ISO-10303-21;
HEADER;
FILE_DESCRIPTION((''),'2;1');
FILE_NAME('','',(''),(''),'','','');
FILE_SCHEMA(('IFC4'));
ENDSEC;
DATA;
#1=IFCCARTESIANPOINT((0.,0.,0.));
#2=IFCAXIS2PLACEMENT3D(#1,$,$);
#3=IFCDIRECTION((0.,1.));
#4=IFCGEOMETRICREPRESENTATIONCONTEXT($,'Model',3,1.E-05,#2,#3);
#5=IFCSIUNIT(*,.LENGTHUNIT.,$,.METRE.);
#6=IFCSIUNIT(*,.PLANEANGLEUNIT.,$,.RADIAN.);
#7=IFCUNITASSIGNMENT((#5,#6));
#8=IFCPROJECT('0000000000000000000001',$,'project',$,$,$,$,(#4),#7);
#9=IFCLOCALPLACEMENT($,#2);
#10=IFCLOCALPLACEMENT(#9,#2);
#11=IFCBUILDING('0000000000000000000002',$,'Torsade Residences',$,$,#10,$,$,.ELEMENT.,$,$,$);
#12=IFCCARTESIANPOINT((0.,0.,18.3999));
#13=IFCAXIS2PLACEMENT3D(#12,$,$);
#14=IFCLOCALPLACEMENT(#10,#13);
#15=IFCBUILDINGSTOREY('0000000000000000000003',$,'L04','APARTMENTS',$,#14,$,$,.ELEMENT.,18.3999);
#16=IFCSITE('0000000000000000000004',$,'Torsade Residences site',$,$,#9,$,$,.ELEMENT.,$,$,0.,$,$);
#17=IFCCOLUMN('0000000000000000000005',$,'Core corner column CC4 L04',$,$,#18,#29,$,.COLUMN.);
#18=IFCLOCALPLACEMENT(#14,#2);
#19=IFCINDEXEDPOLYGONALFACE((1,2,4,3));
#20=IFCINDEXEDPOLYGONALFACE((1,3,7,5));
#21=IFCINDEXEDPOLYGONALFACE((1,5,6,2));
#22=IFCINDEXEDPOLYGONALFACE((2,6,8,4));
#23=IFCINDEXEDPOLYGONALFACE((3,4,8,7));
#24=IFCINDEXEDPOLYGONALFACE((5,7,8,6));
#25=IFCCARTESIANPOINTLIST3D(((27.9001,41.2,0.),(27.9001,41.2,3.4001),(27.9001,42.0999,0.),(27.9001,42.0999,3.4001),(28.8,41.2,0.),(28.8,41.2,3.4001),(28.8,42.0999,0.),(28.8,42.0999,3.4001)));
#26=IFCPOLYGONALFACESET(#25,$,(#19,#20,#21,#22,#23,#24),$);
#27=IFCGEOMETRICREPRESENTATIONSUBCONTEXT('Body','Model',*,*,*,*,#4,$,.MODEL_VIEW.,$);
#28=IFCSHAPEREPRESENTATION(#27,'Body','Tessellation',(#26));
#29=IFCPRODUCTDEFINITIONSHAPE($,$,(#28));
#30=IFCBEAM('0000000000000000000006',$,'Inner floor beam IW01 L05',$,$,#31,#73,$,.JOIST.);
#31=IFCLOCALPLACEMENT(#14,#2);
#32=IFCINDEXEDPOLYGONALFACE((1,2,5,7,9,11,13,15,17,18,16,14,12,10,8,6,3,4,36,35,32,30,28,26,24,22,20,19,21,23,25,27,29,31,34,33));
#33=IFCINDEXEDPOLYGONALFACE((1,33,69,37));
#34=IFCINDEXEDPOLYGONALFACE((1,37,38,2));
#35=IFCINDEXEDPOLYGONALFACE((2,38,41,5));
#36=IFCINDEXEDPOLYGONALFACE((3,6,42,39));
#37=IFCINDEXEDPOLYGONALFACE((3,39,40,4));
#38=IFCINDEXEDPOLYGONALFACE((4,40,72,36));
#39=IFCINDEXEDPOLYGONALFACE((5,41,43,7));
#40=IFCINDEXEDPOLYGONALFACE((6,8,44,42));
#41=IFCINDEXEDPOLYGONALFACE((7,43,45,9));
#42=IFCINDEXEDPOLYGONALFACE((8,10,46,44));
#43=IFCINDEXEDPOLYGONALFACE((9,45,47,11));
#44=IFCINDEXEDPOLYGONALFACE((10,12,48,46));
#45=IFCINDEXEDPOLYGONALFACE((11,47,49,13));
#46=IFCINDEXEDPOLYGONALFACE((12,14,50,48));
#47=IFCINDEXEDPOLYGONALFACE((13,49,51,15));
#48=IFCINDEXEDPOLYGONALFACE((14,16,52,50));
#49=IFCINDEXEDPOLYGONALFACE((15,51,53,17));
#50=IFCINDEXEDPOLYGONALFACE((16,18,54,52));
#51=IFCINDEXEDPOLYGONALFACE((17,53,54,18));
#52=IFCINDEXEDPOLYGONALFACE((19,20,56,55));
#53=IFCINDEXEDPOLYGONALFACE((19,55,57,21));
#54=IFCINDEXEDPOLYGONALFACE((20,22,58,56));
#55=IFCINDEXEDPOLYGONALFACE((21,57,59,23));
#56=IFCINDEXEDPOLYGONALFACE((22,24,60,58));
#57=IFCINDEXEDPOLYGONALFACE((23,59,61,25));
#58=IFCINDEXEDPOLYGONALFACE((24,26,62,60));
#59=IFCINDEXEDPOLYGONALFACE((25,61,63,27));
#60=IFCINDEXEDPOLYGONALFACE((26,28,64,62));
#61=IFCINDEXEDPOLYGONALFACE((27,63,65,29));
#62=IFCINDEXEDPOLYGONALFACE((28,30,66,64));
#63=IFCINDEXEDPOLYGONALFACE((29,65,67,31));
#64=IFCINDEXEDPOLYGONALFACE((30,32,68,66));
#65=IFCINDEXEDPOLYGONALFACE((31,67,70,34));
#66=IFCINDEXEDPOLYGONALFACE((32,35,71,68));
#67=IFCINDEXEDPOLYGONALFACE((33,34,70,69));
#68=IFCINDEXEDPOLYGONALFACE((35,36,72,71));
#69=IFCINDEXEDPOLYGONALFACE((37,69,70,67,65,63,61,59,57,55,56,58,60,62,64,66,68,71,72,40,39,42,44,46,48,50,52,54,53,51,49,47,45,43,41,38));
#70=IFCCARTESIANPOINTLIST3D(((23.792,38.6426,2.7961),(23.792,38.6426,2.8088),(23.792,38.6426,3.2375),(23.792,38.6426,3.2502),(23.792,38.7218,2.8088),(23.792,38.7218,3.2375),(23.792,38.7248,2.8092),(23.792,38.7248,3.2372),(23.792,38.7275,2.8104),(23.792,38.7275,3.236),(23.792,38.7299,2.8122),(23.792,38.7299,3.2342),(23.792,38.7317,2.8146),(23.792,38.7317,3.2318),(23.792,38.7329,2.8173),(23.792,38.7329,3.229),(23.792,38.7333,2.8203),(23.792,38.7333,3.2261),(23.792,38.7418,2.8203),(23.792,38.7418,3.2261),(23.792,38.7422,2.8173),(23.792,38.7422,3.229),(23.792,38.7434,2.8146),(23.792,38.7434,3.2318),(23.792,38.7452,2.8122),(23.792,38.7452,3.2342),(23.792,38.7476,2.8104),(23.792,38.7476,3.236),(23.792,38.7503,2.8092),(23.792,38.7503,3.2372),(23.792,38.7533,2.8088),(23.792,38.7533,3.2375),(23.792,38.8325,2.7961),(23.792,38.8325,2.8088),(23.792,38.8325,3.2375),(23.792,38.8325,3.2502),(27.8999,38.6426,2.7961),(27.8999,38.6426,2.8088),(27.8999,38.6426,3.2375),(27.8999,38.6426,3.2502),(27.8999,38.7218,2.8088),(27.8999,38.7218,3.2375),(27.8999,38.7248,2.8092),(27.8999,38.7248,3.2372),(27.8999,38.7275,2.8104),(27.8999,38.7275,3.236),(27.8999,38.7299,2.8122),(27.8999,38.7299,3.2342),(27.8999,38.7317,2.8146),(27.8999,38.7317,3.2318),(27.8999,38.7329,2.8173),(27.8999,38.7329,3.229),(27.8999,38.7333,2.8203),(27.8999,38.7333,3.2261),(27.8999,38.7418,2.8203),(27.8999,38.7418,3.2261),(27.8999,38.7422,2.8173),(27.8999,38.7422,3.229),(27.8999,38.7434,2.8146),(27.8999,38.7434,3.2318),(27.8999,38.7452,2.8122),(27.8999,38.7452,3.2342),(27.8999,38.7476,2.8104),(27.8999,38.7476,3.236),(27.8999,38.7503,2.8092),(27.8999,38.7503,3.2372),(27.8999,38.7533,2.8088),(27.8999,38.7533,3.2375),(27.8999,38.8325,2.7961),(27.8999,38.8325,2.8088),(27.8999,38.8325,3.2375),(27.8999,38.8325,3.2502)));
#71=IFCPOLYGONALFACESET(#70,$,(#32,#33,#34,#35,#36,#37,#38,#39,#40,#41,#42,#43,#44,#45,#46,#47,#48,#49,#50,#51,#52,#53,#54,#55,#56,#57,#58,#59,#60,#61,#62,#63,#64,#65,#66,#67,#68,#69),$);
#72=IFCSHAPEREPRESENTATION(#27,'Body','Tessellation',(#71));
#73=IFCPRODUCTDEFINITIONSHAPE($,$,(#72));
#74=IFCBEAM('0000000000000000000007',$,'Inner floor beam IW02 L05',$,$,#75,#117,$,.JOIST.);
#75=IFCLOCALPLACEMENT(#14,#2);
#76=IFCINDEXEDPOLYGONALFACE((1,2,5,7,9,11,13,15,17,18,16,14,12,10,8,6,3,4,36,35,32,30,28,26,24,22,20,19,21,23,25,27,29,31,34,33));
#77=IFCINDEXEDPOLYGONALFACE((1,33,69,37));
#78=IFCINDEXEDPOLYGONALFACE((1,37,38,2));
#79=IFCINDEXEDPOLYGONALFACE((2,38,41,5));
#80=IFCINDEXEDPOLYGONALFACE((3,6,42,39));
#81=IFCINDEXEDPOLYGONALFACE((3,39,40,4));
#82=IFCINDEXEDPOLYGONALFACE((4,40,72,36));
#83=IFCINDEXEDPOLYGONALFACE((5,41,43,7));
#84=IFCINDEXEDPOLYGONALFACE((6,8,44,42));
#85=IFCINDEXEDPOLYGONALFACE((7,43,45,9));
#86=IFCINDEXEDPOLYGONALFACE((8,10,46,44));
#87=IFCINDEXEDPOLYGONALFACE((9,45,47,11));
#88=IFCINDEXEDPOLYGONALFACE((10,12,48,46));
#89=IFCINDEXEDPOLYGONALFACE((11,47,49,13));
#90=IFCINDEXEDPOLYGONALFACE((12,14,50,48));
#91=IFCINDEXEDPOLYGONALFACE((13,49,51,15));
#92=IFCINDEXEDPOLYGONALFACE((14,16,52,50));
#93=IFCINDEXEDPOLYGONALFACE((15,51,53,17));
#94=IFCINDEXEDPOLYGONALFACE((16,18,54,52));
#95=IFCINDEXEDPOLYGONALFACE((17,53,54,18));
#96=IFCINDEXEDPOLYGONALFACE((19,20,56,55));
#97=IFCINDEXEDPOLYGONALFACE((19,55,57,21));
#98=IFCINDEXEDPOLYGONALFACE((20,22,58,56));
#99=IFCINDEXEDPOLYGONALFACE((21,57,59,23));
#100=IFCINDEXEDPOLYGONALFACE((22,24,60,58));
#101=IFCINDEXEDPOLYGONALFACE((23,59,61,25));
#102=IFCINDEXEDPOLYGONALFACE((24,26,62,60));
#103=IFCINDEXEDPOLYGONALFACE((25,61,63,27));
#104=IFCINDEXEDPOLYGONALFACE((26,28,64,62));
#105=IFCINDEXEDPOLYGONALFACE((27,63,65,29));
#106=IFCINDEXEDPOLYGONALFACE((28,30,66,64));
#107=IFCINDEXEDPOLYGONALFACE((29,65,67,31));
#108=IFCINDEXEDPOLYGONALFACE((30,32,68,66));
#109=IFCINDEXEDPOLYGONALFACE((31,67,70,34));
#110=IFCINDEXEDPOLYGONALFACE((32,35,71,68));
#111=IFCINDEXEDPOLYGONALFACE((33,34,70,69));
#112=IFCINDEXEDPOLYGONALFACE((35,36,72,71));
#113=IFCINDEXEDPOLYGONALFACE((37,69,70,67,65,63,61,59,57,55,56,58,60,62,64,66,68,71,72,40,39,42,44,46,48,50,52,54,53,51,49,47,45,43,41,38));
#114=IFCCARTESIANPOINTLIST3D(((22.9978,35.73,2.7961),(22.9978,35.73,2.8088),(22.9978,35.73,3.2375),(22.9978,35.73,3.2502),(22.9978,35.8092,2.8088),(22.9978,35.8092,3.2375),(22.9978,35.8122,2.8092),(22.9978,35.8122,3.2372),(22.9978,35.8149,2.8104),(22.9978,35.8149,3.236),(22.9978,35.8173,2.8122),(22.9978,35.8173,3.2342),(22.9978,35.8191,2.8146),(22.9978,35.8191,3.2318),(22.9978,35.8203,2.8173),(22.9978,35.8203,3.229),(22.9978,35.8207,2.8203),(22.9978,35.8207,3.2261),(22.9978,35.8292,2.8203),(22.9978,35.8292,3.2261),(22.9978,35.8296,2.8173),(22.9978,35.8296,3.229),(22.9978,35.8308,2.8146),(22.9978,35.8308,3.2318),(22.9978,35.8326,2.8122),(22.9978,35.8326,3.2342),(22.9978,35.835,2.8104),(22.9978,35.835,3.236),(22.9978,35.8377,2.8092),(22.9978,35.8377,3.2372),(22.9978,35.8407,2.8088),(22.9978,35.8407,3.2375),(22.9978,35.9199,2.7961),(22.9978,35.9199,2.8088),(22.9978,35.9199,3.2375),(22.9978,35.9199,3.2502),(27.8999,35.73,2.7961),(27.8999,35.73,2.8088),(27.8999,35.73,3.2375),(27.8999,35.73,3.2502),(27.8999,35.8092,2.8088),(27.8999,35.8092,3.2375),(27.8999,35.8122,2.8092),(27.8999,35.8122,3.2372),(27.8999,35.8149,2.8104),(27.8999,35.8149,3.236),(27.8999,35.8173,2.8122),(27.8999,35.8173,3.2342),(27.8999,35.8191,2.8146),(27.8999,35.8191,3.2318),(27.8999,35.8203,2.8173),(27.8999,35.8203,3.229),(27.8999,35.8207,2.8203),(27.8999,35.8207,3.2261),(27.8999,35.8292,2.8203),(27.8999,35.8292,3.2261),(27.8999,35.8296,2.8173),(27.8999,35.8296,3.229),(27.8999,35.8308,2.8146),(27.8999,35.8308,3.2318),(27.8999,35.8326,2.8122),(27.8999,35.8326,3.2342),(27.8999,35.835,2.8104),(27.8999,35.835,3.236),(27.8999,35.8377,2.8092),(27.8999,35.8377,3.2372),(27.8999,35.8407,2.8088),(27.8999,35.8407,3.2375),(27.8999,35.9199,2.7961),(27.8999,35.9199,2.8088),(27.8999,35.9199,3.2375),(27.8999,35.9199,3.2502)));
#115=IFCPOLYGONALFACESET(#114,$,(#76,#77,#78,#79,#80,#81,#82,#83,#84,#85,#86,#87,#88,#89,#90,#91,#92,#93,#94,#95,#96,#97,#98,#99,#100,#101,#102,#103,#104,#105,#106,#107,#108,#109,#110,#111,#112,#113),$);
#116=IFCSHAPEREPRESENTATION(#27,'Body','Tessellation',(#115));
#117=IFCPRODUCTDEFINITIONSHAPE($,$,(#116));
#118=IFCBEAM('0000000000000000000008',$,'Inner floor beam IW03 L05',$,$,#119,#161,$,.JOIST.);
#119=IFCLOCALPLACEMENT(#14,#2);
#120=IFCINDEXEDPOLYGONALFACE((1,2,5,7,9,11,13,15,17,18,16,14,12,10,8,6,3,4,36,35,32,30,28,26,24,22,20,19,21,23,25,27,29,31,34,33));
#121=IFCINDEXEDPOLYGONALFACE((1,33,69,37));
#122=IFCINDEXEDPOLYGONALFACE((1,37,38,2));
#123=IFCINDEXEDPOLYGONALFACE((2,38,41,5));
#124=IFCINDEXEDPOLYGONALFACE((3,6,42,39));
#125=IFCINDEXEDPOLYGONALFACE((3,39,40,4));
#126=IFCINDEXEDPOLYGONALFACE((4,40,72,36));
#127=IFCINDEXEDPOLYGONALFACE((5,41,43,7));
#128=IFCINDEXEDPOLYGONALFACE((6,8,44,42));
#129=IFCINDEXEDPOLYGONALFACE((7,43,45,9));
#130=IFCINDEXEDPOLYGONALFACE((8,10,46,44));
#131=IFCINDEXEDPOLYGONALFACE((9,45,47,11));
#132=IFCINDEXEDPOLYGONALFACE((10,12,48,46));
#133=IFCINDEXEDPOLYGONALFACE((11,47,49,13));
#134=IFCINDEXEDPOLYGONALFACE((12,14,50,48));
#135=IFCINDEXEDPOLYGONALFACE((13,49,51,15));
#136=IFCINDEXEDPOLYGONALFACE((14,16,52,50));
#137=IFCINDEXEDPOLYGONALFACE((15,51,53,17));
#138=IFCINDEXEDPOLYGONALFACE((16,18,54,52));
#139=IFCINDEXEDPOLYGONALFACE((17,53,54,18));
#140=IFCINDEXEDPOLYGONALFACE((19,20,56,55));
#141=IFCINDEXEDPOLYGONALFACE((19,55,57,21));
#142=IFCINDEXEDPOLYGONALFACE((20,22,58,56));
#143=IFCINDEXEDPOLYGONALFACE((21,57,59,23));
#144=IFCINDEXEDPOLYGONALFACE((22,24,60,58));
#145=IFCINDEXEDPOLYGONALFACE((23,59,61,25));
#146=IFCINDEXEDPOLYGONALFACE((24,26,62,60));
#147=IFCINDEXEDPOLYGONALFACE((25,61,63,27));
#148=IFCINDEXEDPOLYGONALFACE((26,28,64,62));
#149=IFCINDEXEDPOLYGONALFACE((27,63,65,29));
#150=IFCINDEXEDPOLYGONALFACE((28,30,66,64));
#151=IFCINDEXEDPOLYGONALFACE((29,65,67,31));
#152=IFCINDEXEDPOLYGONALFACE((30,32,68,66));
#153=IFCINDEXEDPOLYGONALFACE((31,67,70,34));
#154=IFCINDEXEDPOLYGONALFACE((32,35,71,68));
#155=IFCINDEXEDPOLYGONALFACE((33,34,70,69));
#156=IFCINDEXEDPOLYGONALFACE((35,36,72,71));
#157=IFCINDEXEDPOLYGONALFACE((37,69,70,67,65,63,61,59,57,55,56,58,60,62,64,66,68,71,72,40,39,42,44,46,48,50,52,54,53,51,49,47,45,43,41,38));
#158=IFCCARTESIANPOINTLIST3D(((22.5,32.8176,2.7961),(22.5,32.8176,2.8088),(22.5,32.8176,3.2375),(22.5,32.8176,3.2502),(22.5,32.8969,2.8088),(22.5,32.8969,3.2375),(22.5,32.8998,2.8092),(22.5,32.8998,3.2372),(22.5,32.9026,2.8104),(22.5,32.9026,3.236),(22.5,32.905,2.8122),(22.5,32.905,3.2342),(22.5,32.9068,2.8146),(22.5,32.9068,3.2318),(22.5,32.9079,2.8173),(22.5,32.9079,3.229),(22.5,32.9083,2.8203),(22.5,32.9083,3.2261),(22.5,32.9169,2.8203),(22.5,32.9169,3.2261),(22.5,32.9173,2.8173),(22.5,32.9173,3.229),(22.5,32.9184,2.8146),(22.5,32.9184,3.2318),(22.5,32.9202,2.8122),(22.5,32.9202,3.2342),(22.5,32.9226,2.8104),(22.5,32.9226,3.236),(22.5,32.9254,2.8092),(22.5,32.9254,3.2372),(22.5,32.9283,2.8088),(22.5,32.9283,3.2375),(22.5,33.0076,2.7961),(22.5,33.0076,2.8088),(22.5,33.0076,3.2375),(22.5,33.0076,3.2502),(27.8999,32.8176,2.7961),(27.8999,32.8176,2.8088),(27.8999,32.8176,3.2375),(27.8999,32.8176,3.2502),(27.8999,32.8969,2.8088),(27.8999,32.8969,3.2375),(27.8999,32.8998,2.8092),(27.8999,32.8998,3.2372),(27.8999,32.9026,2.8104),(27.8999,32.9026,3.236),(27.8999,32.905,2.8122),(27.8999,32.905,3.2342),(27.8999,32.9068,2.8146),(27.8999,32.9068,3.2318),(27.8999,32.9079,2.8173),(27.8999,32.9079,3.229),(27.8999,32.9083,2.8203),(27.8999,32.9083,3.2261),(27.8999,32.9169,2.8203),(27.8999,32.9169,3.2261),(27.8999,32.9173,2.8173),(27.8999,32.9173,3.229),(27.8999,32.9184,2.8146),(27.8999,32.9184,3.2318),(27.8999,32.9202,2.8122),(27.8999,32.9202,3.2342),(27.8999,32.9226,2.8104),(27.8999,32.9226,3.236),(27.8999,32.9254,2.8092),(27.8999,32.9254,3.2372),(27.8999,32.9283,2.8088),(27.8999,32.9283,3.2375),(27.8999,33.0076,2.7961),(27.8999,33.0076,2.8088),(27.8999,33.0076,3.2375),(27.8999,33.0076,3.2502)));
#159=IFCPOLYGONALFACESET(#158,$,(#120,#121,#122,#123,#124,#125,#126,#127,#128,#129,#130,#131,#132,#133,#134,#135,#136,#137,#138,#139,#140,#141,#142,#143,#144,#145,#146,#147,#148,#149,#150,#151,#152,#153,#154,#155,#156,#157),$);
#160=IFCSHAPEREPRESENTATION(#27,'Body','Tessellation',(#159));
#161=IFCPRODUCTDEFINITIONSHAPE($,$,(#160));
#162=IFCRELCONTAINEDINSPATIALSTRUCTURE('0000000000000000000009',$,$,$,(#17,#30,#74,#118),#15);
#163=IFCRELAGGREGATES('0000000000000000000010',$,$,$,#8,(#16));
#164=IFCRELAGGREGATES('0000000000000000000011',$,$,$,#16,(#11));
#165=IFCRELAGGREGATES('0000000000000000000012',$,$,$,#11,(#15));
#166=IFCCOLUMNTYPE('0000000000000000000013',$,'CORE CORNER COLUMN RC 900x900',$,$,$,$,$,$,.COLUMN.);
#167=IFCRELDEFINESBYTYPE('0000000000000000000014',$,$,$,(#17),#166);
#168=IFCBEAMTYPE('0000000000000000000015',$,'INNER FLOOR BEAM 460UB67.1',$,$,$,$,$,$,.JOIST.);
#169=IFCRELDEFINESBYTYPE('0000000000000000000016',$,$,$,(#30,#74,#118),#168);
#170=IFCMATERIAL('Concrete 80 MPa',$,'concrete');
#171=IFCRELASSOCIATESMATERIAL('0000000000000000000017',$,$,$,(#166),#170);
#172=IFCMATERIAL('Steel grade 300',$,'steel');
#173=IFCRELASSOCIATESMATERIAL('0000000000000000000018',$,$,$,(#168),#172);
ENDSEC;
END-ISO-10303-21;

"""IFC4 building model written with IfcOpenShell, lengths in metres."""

from ifc_helpers import new_model, si_unit, direction, frame, origin, origin_2d, place, context, subcontext, project, spatial, rectangle, i_section, extrude, material, material_profile, profile_set, type_object, element, save


model = new_model("IFC4")

# Units and contexts
model_context = context("Model", 3, precision=1e-05, world=origin(), true_north=direction((0.0, 1.0)))
body_context = subcontext(model_context, "Body", "Model", "MODEL_VIEW")
ifc_project = project(units=[si_unit("LENGTHUNIT", "METRE"), si_unit("PLANEANGLEUNIT", "RADIAN")], contexts=[model_context])

# Site, building, storey
site_placement = place(None, origin())
site = spatial("IfcSite", under=ifc_project, at=site_placement, Name="Torsade Residences site", CompositionType="ELEMENT", RefElevation=0.0)
building_placement = place(site_placement, origin())
building = spatial("IfcBuilding", under=site, at=building_placement, Name="Torsade Residences", CompositionType="ELEMENT")
storey_placement = place(building_placement, frame((0.0, 0.0, 18.3999)))
storey = spatial("IfcBuildingStorey", under=building, at=storey_placement, Name="L04", Description="APARTMENTS", CompositionType="ELEMENT", Elevation=18.3999)

# Column
ifc_material_1 = material(Name="Concrete 80 MPa", Category="concrete")
ifc_material_profile_1 = material_profile(ifc_material_1, rectangle(XDim=0.8999, YDim=0.8999, at=origin_2d()), Name="RC 900x900")
ifc_profile_set_1 = profile_set([ifc_material_profile_1], Name="Concrete 80 MPa")
column_type = type_object("IfcColumnType", Name="CORE CORNER COLUMN RC 900x900", PredefinedType="COLUMN", material=ifc_profile_set_1)
column_placement = place(storey_placement, frame((28.3501, 41.6499, 0.0), z_axis=(0.0, 0.0, 1.0), x_axis=(1.0, 0.0, 0.0)))
element("IfcColumn", 1, at=column_placement, inside=storey, type_object=column_type, Name="Core corner column CC4 L04", PredefinedType="COLUMN", context=body_context, shape_type="SweptSolid", body=[
    extrude(rectangle(XDim=0.8999, YDim=0.8999, at=origin_2d()), origin(), (0.0, 0.0, 1.0), 3.4001),
])

# Beams
ifc_material_2 = material(Name="Steel grade 300", Category="steel")
ifc_material_profile_2 = material_profile(ifc_material_2, i_section(OverallWidth=0.1899, OverallDepth=0.4541, WebThickness=0.0085, FlangeThickness=0.0127, FilletRadius=0.0115, at=origin_2d()), Name="460UB67.1")
ifc_profile_set_2 = profile_set([ifc_material_profile_2], Name="Steel grade 300")
beam_type = type_object("IfcBeamType", Name="INNER FLOOR BEAM 460UB67.1", PredefinedType="JOIST", material=ifc_profile_set_2)
beam_1_placement = place(storey_placement, frame((27.8999, 38.7375, 3.0232), z_axis=(-1.0, 0.0, 0.0), x_axis=(0.0, -1.0, 0.0)))
element("IfcBeam", 2, at=beam_1_placement, inside=storey, type_object=beam_type, Name="Inner floor beam IW01 L05", PredefinedType="JOIST", context=body_context, shape_type="SweptSolid", body=[
    extrude(i_section(OverallWidth=0.1899, OverallDepth=0.4541, WebThickness=0.0085, FlangeThickness=0.0127, FilletRadius=0.0115, at=origin_2d()), origin(), (0.0, 0.0, 1.0), 4.1079),
])
beam_2_placement = place(storey_placement, frame((27.8999, 35.825, 3.0232), z_axis=(-1.0, 0.0, 0.0), x_axis=(0.0, -1.0, 0.0)))
element("IfcBeam", 3, at=beam_2_placement, inside=storey, type_object=beam_type, Name="Inner floor beam IW02 L05", PredefinedType="JOIST", context=body_context, shape_type="SweptSolid", body=[
    extrude(i_section(OverallWidth=0.1899, OverallDepth=0.4541, WebThickness=0.0085, FlangeThickness=0.0127, FilletRadius=0.0115, at=origin_2d()), origin(), (0.0, 0.0, 1.0), 4.9021),
])
beam_3_placement = place(storey_placement, frame((27.8999, 32.9126, 3.0232), z_axis=(-1.0, 0.0, 0.0), x_axis=(0.0, -1.0, 0.0)))
element("IfcBeam", 4, at=beam_3_placement, inside=storey, type_object=beam_type, Name="Inner floor beam IW03 L05", PredefinedType="JOIST", context=body_context, shape_type="SweptSolid", body=[
    extrude(i_section(OverallWidth=0.1899, OverallDepth=0.4541, WebThickness=0.0085, FlangeThickness=0.0127, FilletRadius=0.0115, at=origin_2d()), origin(), (0.0, 0.0, 1.0), 5.3999),
])

save(model, "model.ifc")
